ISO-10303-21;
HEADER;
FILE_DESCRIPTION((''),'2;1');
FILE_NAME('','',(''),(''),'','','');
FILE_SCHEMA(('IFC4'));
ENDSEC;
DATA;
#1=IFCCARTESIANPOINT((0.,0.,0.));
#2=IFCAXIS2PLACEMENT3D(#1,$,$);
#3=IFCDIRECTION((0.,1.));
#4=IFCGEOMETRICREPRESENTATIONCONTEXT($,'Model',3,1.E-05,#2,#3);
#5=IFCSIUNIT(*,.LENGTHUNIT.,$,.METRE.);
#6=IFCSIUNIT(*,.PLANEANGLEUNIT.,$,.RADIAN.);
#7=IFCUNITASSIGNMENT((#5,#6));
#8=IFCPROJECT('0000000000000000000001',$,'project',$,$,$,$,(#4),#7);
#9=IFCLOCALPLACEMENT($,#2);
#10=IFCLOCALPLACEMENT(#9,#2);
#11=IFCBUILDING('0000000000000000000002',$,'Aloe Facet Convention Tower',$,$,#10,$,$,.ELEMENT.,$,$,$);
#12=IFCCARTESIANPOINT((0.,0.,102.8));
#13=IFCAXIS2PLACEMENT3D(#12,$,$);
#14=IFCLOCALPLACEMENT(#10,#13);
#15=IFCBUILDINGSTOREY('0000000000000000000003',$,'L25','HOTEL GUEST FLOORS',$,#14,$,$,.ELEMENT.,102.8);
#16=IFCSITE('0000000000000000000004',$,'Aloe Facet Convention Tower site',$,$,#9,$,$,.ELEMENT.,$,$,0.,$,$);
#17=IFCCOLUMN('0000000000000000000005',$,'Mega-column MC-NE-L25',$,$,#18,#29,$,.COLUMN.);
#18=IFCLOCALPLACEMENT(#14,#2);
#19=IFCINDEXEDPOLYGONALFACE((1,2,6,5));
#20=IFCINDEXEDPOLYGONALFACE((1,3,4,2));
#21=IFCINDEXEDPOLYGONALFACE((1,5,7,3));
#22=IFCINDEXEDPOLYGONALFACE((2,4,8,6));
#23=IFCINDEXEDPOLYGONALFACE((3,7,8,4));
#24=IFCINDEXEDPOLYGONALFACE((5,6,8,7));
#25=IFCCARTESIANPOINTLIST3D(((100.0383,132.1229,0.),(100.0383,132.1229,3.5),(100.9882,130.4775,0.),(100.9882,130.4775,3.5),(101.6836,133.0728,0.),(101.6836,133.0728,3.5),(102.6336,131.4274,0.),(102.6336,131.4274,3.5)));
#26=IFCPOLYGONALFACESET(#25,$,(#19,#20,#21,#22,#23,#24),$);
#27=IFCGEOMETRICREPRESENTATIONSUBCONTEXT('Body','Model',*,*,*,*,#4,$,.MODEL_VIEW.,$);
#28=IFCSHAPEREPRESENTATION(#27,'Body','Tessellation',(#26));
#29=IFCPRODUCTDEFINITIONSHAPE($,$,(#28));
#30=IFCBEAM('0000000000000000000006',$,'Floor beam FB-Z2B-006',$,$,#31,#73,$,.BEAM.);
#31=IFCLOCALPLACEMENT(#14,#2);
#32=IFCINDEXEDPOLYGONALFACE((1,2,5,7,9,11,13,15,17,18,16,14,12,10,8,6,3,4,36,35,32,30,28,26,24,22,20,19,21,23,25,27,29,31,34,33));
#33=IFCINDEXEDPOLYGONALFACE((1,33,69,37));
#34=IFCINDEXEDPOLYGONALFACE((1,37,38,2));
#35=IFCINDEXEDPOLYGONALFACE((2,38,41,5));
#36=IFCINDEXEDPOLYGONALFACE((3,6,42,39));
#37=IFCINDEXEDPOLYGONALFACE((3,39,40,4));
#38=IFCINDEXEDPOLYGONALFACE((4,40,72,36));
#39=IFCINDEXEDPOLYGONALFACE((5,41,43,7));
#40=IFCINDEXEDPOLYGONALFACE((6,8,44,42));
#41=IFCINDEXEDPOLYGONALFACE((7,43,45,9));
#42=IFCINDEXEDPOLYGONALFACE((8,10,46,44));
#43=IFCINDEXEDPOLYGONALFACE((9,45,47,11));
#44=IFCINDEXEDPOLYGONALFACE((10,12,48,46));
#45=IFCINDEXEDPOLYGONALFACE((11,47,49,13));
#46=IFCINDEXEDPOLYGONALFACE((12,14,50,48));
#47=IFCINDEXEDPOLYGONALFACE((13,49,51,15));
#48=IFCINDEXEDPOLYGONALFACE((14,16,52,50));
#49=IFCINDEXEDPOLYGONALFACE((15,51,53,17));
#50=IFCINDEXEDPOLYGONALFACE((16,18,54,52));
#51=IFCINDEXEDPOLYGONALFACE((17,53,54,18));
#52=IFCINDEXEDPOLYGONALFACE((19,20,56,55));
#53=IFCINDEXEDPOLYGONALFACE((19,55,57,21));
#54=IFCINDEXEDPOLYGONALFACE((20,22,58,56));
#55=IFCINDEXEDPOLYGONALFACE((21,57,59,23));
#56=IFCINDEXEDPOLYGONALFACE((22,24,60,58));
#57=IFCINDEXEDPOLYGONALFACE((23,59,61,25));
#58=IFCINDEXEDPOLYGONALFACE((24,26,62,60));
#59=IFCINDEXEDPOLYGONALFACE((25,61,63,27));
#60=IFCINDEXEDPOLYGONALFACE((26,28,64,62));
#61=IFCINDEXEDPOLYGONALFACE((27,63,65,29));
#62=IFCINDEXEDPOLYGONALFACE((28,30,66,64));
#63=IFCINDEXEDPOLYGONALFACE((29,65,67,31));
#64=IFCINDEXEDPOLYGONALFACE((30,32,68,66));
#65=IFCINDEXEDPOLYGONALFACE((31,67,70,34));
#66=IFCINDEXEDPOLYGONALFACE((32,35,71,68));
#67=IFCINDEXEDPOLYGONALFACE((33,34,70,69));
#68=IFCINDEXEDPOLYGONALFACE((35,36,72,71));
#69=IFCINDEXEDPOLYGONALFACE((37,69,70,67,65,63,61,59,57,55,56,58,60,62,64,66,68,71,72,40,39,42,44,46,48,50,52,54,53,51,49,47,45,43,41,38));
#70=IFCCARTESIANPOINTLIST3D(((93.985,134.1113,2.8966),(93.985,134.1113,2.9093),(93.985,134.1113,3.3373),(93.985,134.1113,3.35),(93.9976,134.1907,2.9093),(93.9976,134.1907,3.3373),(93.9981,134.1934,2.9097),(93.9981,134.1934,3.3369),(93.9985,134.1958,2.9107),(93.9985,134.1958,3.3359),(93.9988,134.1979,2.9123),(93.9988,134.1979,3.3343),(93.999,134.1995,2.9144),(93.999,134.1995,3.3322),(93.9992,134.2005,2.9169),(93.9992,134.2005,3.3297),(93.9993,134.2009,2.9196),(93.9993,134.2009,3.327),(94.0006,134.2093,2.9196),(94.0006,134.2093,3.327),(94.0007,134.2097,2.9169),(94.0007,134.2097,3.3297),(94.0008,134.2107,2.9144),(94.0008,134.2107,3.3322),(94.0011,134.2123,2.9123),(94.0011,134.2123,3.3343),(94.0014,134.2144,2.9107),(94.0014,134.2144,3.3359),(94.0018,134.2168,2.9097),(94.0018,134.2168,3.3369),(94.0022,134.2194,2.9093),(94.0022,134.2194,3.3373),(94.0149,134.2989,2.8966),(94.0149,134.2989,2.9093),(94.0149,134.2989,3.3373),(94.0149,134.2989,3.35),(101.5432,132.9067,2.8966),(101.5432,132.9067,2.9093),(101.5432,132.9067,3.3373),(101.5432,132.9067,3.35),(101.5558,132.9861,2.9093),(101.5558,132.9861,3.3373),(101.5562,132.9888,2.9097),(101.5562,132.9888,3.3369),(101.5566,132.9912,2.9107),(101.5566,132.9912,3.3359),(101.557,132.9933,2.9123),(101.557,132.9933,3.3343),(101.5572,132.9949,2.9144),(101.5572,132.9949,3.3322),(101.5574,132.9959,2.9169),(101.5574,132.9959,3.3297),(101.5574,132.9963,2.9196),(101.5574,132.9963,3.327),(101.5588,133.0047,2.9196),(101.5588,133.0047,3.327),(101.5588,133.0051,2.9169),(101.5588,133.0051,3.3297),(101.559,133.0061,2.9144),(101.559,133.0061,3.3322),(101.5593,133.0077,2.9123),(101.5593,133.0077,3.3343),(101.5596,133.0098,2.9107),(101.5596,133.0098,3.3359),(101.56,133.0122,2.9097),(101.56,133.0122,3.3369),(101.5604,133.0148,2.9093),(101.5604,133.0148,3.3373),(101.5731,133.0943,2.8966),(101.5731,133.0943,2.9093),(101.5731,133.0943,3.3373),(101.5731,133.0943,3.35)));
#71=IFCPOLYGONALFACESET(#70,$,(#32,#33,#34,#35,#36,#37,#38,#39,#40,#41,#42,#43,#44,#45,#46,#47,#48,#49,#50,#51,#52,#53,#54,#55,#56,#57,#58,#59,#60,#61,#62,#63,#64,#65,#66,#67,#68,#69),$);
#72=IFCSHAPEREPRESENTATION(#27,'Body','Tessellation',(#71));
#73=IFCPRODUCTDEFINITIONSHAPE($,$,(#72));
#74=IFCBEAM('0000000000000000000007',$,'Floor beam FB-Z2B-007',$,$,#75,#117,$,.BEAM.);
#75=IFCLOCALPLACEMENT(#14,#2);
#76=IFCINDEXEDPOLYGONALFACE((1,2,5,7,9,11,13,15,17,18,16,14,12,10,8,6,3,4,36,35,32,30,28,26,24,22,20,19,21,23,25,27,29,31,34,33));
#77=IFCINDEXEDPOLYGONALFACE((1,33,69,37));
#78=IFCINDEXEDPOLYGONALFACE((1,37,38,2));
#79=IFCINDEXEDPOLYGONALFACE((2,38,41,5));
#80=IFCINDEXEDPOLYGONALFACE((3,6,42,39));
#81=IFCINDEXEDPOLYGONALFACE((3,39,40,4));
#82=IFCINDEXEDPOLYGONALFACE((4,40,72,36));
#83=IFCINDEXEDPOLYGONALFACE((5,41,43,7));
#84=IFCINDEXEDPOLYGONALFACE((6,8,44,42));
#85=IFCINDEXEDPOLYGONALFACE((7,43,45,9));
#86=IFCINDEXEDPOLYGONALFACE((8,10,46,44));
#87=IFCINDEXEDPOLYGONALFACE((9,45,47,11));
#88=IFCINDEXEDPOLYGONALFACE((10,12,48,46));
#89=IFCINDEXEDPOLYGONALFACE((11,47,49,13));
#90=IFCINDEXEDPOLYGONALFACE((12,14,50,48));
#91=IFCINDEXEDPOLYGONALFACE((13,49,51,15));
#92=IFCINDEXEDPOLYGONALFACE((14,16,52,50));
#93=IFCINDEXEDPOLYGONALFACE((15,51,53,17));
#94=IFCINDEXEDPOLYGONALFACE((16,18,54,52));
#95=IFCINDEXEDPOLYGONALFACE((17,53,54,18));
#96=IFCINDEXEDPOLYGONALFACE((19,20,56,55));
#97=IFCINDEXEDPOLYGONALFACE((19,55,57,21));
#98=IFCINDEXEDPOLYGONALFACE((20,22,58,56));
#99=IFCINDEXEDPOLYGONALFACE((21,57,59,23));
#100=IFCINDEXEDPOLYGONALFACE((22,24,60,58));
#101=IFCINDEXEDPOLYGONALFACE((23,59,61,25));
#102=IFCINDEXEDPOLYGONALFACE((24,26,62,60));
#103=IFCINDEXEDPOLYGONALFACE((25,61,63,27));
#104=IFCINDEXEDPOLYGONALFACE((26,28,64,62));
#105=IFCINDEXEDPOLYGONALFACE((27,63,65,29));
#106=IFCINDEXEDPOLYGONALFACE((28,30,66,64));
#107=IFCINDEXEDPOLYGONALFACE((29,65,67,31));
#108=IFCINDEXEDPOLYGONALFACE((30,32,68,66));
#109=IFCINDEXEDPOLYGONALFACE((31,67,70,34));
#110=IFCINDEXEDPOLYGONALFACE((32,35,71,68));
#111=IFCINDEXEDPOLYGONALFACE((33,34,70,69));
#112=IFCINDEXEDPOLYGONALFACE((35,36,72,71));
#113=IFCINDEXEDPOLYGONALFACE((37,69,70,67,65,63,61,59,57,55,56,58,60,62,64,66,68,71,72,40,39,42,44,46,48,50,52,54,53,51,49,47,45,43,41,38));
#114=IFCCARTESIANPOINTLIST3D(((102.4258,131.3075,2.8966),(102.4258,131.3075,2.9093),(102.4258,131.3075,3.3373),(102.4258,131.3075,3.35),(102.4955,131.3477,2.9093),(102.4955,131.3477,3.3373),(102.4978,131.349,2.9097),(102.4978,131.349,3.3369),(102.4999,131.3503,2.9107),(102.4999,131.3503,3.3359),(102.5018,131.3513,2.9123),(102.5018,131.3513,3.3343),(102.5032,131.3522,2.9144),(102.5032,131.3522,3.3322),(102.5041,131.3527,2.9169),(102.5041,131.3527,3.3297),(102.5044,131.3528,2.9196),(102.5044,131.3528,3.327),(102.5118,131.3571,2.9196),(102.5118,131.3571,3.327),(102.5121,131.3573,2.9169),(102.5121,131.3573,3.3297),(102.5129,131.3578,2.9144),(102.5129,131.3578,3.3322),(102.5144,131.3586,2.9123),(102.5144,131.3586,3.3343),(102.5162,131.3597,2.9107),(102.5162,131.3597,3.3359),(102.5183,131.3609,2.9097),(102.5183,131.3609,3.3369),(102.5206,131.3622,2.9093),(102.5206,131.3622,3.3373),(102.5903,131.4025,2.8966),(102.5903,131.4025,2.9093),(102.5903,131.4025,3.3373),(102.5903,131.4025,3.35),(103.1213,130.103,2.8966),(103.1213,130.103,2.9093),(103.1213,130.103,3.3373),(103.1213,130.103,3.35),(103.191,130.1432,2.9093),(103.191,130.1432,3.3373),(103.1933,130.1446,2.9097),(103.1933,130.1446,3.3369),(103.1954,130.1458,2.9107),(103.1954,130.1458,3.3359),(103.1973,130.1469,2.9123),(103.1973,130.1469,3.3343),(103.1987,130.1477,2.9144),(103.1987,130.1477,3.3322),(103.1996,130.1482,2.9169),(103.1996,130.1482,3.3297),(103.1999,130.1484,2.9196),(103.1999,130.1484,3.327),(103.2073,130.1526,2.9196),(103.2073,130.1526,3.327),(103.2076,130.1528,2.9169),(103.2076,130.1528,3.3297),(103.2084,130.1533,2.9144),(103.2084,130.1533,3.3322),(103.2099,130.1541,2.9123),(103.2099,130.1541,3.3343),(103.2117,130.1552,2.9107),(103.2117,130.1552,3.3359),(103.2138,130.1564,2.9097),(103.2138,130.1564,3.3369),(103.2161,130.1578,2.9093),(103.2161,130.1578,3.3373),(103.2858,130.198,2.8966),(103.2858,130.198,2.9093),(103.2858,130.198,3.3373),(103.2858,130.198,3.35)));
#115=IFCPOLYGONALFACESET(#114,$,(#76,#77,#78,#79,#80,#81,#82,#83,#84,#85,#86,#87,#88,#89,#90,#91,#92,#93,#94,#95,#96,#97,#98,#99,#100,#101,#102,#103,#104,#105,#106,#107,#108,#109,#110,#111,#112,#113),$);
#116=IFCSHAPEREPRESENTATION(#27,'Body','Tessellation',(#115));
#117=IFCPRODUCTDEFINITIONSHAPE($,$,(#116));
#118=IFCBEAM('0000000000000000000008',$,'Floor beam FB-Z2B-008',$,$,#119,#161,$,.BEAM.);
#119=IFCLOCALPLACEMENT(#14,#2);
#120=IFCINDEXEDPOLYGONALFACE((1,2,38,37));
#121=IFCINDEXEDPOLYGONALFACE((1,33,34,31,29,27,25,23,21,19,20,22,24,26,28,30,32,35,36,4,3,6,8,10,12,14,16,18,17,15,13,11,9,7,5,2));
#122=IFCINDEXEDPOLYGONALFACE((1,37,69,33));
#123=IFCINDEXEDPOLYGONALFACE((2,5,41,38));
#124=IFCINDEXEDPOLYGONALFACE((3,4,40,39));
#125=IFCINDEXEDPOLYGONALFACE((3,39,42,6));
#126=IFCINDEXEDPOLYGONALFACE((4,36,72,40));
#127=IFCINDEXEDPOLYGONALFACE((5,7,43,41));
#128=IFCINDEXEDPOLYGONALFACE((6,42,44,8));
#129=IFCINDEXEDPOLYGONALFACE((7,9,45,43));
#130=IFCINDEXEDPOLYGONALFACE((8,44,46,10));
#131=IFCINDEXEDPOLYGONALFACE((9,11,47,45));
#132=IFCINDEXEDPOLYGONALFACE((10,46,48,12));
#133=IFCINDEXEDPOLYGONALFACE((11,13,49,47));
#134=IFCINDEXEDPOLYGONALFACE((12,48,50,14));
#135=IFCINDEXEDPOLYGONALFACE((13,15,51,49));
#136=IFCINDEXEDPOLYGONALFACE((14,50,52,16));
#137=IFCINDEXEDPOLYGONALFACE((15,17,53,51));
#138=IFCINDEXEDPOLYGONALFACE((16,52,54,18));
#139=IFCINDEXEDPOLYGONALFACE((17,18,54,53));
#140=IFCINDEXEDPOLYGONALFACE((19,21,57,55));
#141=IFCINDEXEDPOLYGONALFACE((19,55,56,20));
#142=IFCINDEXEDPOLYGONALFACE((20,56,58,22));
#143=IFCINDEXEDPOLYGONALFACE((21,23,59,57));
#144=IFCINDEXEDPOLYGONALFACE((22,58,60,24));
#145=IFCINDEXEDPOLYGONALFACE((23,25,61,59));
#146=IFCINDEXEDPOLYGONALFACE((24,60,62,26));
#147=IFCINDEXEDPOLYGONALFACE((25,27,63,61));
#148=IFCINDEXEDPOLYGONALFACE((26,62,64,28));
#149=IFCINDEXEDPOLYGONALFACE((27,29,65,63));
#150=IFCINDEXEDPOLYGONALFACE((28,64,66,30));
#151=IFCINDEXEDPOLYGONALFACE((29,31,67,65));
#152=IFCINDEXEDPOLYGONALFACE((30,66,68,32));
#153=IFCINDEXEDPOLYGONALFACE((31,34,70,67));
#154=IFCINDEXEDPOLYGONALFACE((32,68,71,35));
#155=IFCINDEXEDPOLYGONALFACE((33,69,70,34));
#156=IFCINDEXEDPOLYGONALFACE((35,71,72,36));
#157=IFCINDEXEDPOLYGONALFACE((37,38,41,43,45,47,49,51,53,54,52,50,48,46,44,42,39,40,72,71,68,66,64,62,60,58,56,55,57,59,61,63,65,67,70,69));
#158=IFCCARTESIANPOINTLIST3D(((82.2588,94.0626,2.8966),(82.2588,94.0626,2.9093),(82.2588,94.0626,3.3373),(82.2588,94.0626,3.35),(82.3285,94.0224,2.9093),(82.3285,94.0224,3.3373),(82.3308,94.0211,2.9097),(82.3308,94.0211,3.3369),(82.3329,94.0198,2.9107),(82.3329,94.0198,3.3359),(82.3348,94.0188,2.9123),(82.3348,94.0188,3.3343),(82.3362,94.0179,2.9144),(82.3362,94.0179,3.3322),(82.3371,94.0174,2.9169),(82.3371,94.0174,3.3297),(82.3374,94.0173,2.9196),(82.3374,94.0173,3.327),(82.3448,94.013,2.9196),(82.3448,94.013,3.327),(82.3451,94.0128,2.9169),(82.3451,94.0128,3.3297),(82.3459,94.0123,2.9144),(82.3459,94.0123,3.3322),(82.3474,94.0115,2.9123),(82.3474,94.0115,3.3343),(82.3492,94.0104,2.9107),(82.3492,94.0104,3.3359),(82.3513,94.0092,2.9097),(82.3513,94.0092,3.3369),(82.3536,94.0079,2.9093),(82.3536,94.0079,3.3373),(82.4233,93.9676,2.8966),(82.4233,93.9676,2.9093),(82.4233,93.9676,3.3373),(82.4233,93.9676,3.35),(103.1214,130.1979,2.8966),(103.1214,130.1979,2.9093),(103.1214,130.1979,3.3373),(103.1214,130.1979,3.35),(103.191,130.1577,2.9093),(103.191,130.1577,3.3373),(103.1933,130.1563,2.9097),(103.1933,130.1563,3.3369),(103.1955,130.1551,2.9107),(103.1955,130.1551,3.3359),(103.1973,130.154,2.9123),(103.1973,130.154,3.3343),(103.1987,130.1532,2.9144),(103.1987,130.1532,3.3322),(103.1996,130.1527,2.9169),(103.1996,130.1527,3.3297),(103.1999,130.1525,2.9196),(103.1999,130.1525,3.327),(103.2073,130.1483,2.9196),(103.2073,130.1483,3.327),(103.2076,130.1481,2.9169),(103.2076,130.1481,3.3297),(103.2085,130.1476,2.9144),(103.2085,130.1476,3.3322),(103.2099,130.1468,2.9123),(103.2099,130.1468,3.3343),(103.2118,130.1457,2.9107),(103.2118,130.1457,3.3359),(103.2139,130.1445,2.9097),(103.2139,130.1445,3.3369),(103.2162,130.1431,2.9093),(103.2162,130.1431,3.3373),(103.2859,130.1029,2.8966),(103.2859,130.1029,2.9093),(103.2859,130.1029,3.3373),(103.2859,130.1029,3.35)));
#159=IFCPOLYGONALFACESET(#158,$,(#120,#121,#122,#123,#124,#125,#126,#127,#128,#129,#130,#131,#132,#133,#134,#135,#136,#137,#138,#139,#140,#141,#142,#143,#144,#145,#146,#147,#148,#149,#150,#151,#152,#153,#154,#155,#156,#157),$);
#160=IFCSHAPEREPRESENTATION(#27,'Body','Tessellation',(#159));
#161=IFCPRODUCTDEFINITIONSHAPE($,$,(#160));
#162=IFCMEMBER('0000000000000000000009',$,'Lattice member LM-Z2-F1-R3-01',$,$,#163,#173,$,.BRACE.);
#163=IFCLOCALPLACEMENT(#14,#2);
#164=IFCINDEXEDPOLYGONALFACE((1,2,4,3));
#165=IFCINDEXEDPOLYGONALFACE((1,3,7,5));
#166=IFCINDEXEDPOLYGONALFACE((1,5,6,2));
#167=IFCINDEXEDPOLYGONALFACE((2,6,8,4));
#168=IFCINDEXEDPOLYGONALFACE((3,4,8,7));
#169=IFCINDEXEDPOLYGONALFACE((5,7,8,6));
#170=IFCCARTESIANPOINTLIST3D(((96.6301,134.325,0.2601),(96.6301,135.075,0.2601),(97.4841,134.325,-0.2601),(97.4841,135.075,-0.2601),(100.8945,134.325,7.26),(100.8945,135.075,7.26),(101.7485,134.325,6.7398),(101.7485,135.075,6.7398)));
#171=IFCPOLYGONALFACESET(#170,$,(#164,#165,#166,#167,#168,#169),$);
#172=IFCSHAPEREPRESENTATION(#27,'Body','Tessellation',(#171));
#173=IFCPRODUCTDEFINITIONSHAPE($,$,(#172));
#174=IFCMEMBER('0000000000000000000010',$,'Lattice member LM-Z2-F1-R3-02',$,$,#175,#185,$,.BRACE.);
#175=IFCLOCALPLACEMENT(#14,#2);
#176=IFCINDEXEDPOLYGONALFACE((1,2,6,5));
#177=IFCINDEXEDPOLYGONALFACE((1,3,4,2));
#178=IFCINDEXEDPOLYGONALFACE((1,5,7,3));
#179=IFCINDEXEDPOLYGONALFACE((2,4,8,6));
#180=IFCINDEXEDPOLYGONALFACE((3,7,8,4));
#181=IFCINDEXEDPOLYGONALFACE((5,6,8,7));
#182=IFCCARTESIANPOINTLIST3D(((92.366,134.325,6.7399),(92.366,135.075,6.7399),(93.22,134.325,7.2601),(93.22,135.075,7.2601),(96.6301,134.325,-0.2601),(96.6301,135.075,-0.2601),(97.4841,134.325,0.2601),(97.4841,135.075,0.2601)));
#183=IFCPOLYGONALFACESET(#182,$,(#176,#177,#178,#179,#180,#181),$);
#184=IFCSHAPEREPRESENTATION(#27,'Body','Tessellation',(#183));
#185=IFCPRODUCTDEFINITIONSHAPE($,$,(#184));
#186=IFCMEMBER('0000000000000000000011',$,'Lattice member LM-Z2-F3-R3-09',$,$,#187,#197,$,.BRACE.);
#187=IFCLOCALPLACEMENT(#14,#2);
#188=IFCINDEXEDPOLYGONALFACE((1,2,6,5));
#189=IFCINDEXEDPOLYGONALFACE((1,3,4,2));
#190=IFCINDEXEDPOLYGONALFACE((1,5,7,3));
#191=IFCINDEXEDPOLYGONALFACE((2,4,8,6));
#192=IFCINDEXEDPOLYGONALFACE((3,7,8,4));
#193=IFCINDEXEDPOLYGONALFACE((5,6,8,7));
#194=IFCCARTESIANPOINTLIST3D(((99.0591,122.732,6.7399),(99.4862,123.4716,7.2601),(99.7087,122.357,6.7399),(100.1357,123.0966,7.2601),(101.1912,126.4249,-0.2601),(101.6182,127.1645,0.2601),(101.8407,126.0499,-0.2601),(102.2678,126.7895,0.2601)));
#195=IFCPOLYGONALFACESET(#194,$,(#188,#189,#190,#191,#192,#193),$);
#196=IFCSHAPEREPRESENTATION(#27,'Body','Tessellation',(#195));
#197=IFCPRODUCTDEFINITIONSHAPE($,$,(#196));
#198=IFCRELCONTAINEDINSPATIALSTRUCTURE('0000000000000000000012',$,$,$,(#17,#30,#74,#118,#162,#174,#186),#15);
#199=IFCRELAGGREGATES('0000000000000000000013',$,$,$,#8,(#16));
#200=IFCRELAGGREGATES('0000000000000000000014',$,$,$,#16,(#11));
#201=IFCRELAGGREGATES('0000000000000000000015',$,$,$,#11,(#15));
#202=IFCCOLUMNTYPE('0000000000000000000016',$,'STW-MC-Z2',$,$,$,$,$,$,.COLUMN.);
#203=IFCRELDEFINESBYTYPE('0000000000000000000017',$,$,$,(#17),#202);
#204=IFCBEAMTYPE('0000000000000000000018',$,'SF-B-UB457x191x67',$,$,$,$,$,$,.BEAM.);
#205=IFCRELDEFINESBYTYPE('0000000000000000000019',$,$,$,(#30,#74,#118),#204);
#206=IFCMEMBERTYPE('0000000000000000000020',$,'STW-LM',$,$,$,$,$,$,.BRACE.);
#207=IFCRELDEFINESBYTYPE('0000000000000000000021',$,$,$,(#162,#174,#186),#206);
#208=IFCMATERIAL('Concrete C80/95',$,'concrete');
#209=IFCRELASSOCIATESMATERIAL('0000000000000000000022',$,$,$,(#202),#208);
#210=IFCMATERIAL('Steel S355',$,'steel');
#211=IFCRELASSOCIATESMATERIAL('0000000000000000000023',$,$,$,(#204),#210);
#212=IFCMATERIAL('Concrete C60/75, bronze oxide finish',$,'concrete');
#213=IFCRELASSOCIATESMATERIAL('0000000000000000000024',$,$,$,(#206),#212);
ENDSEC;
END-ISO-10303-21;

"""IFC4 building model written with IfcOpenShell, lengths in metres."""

from ifc_helpers import new_model, si_unit, direction, frame, origin, origin_2d, place, context, subcontext, project, spatial, rectangle, i_section, extrude, material, material_profile, profile_set, type_object, element, save


model = new_model("IFC4")

# Units and contexts
model_context = context("Model", 3, precision=1e-05, world=origin(), true_north=direction((0.0, 1.0)))
body_context = subcontext(model_context, "Body", "Model", "MODEL_VIEW")
ifc_project = project(units=[si_unit("LENGTHUNIT", "METRE"), si_unit("PLANEANGLEUNIT", "RADIAN")], contexts=[model_context])

# Site, building, storey
site_placement = place(None, origin())
site = spatial("IfcSite", under=ifc_project, at=site_placement, Name="Aloe Facet Convention Tower site", CompositionType="ELEMENT", RefElevation=0.0)
building_placement = place(site_placement, origin())
building = spatial("IfcBuilding", under=site, at=building_placement, Name="Aloe Facet Convention Tower", CompositionType="ELEMENT")
storey_placement = place(building_placement, frame((0.0, 0.0, 102.8)))
storey = spatial("IfcBuildingStorey", under=building, at=storey_placement, Name="L25", Description="HOTEL GUEST FLOORS", CompositionType="ELEMENT", Elevation=102.8)

# Column
ifc_material_1 = material(Name="Concrete C80/95", Category="concrete")
ifc_material_profile_1 = material_profile(ifc_material_1, rectangle(XDim=1.8999, YDim=1.8999, at=origin_2d()), Name="STW-MC-Z2")
ifc_profile_set_1 = profile_set([ifc_material_profile_1], Name="Concrete C80/95")
column_type = type_object("IfcColumnType", Name="STW-MC-Z2", PredefinedType="COLUMN", material=ifc_profile_set_1)
column_placement = place(storey_placement, frame((101.3359, 131.7751, 0.0), z_axis=(0.0, 0.0, 1.0), x_axis=(-0.5, 0.866025, 0.0)))
element("IfcColumn", 1, at=column_placement, inside=storey, type_object=column_type, Name="Mega-column MC-NE-L25", PredefinedType="COLUMN", context=body_context, shape_type="SweptSolid", body=[
    extrude(rectangle(XDim=1.8999, YDim=1.8999, at=origin_2d()), origin(), (0.0, 0.0, 1.0), 3.5),
])

# Beams
ifc_material_2 = material(Name="Steel S355", Category="steel")
ifc_material_profile_2 = material_profile(ifc_material_2, i_section(OverallWidth=0.1899, OverallDepth=0.4534, WebThickness=0.0085, FlangeThickness=0.0127, FilletRadius=0.0103, at=origin_2d()), Name="UB 457x191x67")
ifc_profile_set_2 = profile_set([ifc_material_profile_2], Name="Steel S355")
beam_type = type_object("IfcBeamType", Name="SF-B-UB457x191x67", PredefinedType="BEAM", material=ifc_profile_set_2)
beam_1_placement = place(storey_placement, frame((101.5581, 133.0005, 3.1233), z_axis=(-0.987536, 0.157391, 0.0), x_axis=(-0.157391, -0.987536, 0.0)))
element("IfcBeam", 2, at=beam_1_placement, inside=storey, type_object=beam_type, Name="Floor beam FB-Z2B-006", PredefinedType="BEAM", context=body_context, shape_type="SweptSolid", body=[
    extrude(i_section(OverallWidth=0.1899, OverallDepth=0.4534, WebThickness=0.0085, FlangeThickness=0.0127, FilletRadius=0.0103, at=origin_2d()), origin(), (0.0, 0.0, 1.0), 7.6536),
])
beam_2_placement = place(storey_placement, frame((102.5081, 131.355, 3.1233), z_axis=(0.500047, -0.865999, 0.0), x_axis=(0.865999, 0.500047, 0.0)))
element("IfcBeam", 3, at=beam_2_placement, inside=storey, type_object=beam_type, Name="Floor beam FB-Z2B-007", PredefinedType="BEAM", context=body_context, shape_type="SweptSolid", body=[
    extrude(i_section(OverallWidth=0.1899, OverallDepth=0.4534, WebThickness=0.0085, FlangeThickness=0.0127, FilletRadius=0.0103, at=origin_2d()), origin(), (0.0, 0.0, 1.0), 1.3909),
])
beam_3_placement = place(storey_placement, frame((103.2036, 130.1504, 3.1233), z_axis=(-0.499997, -0.866027, 0.0), x_axis=(0.866027, -0.499997, 0.0)))
element("IfcBeam", 4, at=beam_3_placement, inside=storey, type_object=beam_type, Name="Floor beam FB-Z2B-008", PredefinedType="BEAM", context=body_context, shape_type="SweptSolid", body=[
    extrude(i_section(OverallWidth=0.1899, OverallDepth=0.4534, WebThickness=0.0085, FlangeThickness=0.0127, FilletRadius=0.0103, at=origin_2d()), origin(), (0.0, 0.0, 1.0), 41.7253),
])

# Members
ifc_material_3 = material(Name="Concrete C60/75, bronze oxide finish", Category="concrete")
ifc_material_profile_3 = material_profile(ifc_material_3, rectangle(XDim=0.75, YDim=1.0, at=origin_2d()), Name="STW-LM")
ifc_profile_set_3 = profile_set([ifc_material_profile_3], Name="Concrete C60/75, bronze oxide finish")
member_type = type_object("IfcMemberType", Name="STW-LM", PredefinedType="BRACE", material=ifc_profile_set_3)
for number, where, z_axis, x_axis, name in (
    (5, (97.0571, 134.7, 0.0), (0.520262, 0.0, 0.854007), (0.0, 1.0, 0.0), "Lattice member LM-Z2-F1-R3-01"),
    (6, (97.0571, 134.7, 0.0), (-0.52024, 0.0, 0.85402), (0.0, -1.0, 0.0), "Lattice member LM-Z2-F1-R3-02"),
    (7, (101.7295, 126.6072, 0.0), (-0.26012, -0.450541, 0.85402), (0.866025, -0.5, 0.0), "Lattice member LM-Z2-F3-R3-09"),
):
    element("IfcMember", number, at=place(storey_placement, frame(where, z_axis=z_axis, x_axis=x_axis)), inside=storey, type_object=member_type, Name=name, PredefinedType="BRACE", context=body_context, shape_type="SweptSolid", body=[
        extrude(rectangle(XDim=0.75, YDim=1.0, at=origin_2d()), origin(), (0.0, 0.0, 1.0), 8.1965),
    ])

save(model, "model.ifc")
